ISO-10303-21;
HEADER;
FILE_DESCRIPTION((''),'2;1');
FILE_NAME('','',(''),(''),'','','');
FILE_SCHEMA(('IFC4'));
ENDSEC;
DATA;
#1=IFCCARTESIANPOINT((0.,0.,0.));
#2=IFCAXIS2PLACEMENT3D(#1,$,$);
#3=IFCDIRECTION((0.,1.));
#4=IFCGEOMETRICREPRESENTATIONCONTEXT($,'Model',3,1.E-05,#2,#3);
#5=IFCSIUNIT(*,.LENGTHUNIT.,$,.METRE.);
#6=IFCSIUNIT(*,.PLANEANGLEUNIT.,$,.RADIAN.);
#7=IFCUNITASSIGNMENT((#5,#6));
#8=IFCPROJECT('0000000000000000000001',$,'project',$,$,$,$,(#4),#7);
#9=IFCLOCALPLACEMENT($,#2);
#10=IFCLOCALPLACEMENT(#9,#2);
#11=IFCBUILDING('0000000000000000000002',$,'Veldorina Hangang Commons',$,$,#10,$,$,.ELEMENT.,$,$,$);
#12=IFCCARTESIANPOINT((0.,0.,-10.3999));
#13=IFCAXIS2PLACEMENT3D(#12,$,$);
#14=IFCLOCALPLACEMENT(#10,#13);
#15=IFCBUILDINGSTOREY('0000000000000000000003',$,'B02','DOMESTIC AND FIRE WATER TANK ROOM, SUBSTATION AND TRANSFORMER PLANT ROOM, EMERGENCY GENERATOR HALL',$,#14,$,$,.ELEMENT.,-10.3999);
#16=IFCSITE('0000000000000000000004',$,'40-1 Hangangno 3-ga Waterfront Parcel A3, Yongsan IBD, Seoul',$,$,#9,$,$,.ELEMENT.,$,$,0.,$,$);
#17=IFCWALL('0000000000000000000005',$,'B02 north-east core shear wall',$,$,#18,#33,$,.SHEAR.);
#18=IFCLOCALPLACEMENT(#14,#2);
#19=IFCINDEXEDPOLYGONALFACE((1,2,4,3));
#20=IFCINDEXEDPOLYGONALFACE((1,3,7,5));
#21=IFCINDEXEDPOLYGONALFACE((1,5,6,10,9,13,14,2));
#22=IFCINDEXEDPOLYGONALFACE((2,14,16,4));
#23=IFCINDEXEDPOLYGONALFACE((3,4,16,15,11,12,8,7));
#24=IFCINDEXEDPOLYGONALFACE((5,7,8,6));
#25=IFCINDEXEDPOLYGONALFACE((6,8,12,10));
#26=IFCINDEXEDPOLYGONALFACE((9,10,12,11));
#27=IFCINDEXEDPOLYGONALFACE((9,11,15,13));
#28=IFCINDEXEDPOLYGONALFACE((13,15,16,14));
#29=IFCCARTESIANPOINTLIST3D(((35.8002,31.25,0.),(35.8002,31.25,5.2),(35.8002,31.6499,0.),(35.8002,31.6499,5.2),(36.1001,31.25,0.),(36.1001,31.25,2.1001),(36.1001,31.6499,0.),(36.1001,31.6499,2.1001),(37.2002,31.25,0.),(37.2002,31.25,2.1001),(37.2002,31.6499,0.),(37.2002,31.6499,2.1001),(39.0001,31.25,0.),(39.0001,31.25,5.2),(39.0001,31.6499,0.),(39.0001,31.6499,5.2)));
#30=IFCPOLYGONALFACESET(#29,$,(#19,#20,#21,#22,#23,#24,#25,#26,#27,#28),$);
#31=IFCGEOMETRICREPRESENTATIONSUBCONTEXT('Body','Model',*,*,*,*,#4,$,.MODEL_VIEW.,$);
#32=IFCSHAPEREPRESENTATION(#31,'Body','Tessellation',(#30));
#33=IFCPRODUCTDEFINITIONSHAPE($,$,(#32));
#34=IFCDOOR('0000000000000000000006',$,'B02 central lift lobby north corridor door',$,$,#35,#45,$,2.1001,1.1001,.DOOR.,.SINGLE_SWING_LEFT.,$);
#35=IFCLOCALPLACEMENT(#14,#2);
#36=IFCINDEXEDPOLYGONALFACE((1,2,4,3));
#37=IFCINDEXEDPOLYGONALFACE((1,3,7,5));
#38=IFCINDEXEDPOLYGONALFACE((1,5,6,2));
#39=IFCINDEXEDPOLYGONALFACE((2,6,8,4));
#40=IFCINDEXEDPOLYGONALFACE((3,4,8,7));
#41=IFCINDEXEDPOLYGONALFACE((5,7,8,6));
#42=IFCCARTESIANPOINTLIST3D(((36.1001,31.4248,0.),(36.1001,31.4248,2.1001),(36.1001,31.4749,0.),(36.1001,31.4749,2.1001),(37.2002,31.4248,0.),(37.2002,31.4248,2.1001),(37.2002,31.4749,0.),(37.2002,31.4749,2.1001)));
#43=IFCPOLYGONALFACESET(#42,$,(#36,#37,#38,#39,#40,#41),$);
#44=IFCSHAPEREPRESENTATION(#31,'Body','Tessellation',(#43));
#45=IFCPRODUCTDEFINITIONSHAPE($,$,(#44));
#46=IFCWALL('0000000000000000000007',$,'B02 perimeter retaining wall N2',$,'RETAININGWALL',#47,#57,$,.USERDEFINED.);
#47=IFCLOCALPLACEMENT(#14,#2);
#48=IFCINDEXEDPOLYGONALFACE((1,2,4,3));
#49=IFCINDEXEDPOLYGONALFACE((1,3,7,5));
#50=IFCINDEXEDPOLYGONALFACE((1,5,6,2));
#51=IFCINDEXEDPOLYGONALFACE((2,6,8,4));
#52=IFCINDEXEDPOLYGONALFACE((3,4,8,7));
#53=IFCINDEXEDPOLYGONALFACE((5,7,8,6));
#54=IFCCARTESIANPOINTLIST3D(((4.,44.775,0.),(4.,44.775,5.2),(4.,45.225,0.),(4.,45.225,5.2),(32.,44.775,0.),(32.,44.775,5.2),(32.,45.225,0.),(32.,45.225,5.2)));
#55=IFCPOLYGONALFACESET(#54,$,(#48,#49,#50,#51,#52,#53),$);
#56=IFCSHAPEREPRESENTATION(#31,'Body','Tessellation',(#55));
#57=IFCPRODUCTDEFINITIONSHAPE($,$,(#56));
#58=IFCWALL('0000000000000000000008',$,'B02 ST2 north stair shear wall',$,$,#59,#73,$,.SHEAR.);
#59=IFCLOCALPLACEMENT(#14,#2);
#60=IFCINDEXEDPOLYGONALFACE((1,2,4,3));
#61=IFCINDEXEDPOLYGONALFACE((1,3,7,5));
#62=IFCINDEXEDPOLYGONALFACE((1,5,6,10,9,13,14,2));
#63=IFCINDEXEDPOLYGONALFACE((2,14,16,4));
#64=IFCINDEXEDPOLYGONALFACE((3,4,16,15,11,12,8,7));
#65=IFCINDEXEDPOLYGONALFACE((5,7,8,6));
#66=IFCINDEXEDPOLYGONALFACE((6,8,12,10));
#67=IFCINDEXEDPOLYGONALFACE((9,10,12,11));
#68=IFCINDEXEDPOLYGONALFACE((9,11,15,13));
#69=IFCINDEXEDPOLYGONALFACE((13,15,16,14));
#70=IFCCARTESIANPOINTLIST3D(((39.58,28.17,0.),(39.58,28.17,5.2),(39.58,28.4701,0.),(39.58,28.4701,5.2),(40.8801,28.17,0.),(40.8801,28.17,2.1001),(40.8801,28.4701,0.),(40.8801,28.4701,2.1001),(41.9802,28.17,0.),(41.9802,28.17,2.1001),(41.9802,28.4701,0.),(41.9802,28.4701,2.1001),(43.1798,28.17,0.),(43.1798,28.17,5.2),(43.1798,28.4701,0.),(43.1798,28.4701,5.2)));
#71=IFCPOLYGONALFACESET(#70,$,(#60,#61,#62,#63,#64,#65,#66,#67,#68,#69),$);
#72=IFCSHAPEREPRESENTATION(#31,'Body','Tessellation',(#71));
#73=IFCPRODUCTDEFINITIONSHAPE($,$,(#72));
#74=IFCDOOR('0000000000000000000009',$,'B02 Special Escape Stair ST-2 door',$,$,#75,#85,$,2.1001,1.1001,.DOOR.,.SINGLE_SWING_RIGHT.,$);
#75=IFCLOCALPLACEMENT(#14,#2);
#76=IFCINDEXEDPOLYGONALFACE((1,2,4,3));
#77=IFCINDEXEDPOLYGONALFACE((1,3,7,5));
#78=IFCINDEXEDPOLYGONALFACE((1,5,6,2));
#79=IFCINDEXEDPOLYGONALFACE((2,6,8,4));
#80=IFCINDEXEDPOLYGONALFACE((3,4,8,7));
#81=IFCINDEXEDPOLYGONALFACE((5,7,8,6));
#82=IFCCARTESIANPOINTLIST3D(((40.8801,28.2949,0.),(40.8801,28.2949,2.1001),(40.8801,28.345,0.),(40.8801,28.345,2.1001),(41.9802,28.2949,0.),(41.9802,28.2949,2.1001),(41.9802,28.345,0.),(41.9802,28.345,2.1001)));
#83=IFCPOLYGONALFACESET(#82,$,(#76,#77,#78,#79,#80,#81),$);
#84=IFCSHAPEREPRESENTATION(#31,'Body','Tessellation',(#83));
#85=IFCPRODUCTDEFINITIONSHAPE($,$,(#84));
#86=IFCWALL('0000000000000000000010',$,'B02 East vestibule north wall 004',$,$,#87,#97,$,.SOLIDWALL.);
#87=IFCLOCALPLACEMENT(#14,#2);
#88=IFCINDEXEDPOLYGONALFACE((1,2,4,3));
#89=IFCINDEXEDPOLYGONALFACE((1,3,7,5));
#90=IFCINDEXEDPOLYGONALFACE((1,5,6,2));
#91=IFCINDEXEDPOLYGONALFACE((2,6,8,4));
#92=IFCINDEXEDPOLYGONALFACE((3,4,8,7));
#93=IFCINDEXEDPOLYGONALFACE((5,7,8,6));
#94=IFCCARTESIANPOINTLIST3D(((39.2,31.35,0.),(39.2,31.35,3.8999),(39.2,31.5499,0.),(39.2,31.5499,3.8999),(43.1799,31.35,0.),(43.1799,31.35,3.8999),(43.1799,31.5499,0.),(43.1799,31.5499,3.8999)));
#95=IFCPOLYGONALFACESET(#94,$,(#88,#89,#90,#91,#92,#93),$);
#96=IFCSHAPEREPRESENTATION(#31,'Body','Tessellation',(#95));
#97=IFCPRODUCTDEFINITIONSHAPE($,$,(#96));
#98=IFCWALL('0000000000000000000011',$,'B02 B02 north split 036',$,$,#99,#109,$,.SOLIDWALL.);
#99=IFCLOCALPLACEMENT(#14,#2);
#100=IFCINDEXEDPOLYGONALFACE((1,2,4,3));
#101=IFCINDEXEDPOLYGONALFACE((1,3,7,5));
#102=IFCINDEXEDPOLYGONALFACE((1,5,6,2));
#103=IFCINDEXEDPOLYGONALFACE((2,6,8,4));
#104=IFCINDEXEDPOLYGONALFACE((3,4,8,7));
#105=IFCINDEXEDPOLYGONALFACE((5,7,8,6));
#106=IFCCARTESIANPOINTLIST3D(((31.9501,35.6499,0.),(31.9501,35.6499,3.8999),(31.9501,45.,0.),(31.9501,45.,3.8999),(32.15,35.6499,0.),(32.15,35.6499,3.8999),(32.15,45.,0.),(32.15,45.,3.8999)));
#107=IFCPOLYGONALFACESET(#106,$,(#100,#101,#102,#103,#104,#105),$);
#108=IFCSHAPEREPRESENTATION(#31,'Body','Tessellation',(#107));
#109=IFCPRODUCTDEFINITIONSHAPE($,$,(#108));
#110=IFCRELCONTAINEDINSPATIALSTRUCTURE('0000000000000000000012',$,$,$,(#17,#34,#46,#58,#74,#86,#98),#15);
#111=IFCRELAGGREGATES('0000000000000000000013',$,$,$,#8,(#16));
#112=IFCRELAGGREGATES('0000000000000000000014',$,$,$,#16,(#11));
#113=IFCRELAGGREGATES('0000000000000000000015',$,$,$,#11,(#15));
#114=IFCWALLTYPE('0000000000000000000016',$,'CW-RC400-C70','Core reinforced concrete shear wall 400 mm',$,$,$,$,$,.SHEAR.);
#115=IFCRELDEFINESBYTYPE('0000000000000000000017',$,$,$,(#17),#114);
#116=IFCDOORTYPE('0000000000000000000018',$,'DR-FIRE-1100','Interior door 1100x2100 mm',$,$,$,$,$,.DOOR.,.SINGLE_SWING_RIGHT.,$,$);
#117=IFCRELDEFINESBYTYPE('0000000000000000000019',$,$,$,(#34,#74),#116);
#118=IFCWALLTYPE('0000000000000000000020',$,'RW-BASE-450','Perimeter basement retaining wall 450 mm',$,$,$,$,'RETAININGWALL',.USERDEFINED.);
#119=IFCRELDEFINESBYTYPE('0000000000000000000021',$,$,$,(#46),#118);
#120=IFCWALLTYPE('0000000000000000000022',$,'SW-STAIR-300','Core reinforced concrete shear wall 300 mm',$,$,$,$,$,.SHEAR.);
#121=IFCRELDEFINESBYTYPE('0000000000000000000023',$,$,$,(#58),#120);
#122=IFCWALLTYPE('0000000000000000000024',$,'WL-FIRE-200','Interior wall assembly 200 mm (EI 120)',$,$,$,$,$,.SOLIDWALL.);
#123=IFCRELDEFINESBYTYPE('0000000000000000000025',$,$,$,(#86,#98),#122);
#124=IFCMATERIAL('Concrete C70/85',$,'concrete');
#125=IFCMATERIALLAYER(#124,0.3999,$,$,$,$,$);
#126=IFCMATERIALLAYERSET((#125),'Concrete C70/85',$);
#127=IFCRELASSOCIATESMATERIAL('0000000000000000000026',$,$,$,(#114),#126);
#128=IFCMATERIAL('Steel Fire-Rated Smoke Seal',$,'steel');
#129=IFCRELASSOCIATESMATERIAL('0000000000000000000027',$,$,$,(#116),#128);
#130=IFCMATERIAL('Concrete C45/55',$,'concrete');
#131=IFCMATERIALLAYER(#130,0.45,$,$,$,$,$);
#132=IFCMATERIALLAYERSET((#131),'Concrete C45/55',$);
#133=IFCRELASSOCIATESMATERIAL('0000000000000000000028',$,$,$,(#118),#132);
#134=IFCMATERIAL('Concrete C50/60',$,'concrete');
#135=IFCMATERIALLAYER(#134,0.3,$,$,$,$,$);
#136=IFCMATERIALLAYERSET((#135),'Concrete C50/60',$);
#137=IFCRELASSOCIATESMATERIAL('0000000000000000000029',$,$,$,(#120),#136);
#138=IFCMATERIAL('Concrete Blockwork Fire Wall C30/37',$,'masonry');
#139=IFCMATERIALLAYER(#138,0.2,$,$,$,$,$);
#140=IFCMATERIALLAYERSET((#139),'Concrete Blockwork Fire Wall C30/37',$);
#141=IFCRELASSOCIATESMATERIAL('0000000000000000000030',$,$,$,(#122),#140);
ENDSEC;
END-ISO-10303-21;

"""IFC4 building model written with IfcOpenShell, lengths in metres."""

from ifc_helpers import new_model, si_unit, direction, frame, frame_2d, origin, place, context, subcontext, project, spatial, rectangle, extrude, material, layer, layer_set, type_object, element, fill, save


model = new_model("IFC4")

# Units and contexts
model_context = context("Model", 3, precision=1e-05, world=origin(), true_north=direction((0.0, 1.0)))
body_context = subcontext(model_context, "Body", "Model", "MODEL_VIEW")
ifc_project = project(units=[si_unit("LENGTHUNIT", "METRE"), si_unit("PLANEANGLEUNIT", "RADIAN")], contexts=[model_context])

# Site, building, storey
site_placement = place(None, origin())
site = spatial("IfcSite", under=ifc_project, at=site_placement, Name="40-1 Hangangno 3-ga Waterfront Parcel A3, Yongsan IBD, Seoul", CompositionType="ELEMENT", RefElevation=0.0)
building_placement = place(site_placement, origin())
building = spatial("IfcBuilding", under=site, at=building_placement, Name="Veldorina Hangang Commons", CompositionType="ELEMENT")
storey_placement = place(building_placement, frame((0.0, 0.0, -10.3999)))
storey = spatial("IfcBuildingStorey", under=building, at=storey_placement, Name="B02", Description="DOMESTIC AND FIRE WATER TANK ROOM, SUBSTATION AND TRANSFORMER PLANT ROOM, EMERGENCY GENERATOR HALL", CompositionType="ELEMENT", Elevation=-10.3999)

# Shared definitions
ifc_material_1 = material(Name="Concrete C45/55", Category="concrete")

# Wall, opening, door
ifc_material_2 = material(Name="Concrete C70/85", Category="concrete")
ifc_layer_1 = layer(ifc_material_2, 0.3999)
ifc_layer_set_1 = layer_set([ifc_layer_1], Name="Concrete C70/85")
wall_type_1 = type_object("IfcWallType", Name="CW-RC400-C70", Description="Core reinforced concrete shear wall 400 mm", PredefinedType="SHEAR", material=ifc_layer_set_1)
wall_1_placement = place(storey_placement, frame((35.8, 31.45, 0.0), z_axis=(0.0, 0.0, 1.0), x_axis=(1.0, 0.0, 0.0)))
wall_1 = element("IfcWall", 1, at=wall_1_placement, inside=storey, type_object=wall_type_1, Name="B02 north-east core shear wall", PredefinedType="SHEAR", context=body_context, shape_type="SweptSolid", body=[
    extrude(rectangle(XDim=3.2, YDim=0.3999, at=frame_2d((1.6001, 0.0))), origin(), (0.0, 0.0, 1.0), 5.2),
])
opening_1_placement = place(wall_1_placement, frame((0.3, 0.0, 0.0)))
opening_1 = element("IfcOpeningElement", 2, at=opening_1_placement, cuts=wall_1, PredefinedType="OPENING", context=body_context, shape_type="SweptSolid", body=[
    extrude(rectangle(XDim=1.1001, YDim=2.1001, at=frame_2d((0.55, 1.05))), frame((0.0, 0.21, 0.0), z_axis=(0.0, -1.0, 0.0), x_axis=(1.0, 0.0, 0.0)), (0.0, 0.0, 1.0), 0.4199),
])
ifc_material_3 = material(Name="Steel Fire-Rated Smoke Seal", Category="steel")
door_type = type_object("IfcDoorType", Name="DR-FIRE-1100", Description="Interior door 1100x2100 mm", OperationType="SINGLE_SWING_RIGHT", PredefinedType="DOOR", material=ifc_material_3)
door_1_placement = place(opening_1_placement, origin())
door_1 = element("IfcDoor", 3, at=door_1_placement, inside=storey, type_object=door_type, Name="B02 central lift lobby north corridor door", OperationType="SINGLE_SWING_LEFT", OverallHeight=2.1001, OverallWidth=1.1001, PredefinedType="DOOR", context=body_context, shape_type="SweptSolid", body=[
    extrude(rectangle(XDim=1.1001, YDim=2.1001, at=frame_2d((0.55, 1.05))), frame((0.0, 0.0249, 0.0), z_axis=(0.0, -1.0, 0.0), x_axis=(1.0, 0.0, 0.0)), (0.0, 0.0, 1.0), 0.05),
])
fill(opening_1, door_1)

# Wall
ifc_layer_2 = layer(ifc_material_1, 0.45)
ifc_layer_set_2 = layer_set([ifc_layer_2], Name="Concrete C45/55")
wall_type_2 = type_object("IfcWallType", Name="RW-BASE-450", Description="Perimeter basement retaining wall 450 mm", ElementType="RETAININGWALL", PredefinedType="USERDEFINED", material=ifc_layer_set_2)
wall_2_placement = place(storey_placement, frame((32.0, 45.0, 0.0), z_axis=(0.0, 0.0, 1.0), x_axis=(-1.0, 0.0, 0.0)))
element("IfcWall", 4, at=wall_2_placement, inside=storey, type_object=wall_type_2, Name="B02 perimeter retaining wall N2", ObjectType="RETAININGWALL", PredefinedType="USERDEFINED", context=body_context, shape_type="SweptSolid", body=[
    extrude(rectangle(XDim=28.0, YDim=0.45, at=frame_2d((14.0, 0.0))), origin(), (0.0, 0.0, 1.0), 5.2),
])

# Wall, opening, door
ifc_material_4 = material(Name="Concrete C50/60", Category="concrete")
ifc_layer_3 = layer(ifc_material_4, 0.3)
ifc_layer_set_3 = layer_set([ifc_layer_3], Name="Concrete C50/60")
wall_type_3 = type_object("IfcWallType", Name="SW-STAIR-300", Description="Core reinforced concrete shear wall 300 mm", PredefinedType="SHEAR", material=ifc_layer_set_3)
wall_3_placement = place(storey_placement, frame((39.5801, 28.3201, 0.0), z_axis=(0.0, 0.0, 1.0), x_axis=(1.0, 0.0, 0.0)))
wall_3 = element("IfcWall", 5, at=wall_3_placement, inside=storey, type_object=wall_type_3, Name="B02 ST2 north stair shear wall", PredefinedType="SHEAR", context=body_context, shape_type="SweptSolid", body=[
    extrude(rectangle(XDim=3.5999, YDim=0.3, at=frame_2d((1.7998, 0.0))), origin(), (0.0, 0.0, 1.0), 5.2),
])
opening_2_placement = place(wall_3_placement, frame((1.3, 0.0, 0.0)))
opening_2 = element("IfcOpeningElement", 6, at=opening_2_placement, cuts=wall_3, PredefinedType="OPENING", context=body_context, shape_type="SweptSolid", body=[
    extrude(rectangle(XDim=1.1001, YDim=2.1001, at=frame_2d((0.55, 1.05))), frame((0.0, 0.1602, 0.0), z_axis=(0.0, -1.0, 0.0), x_axis=(1.0, 0.0, 0.0)), (0.0, 0.0, 1.0), 0.3201),
])
door_2_placement = place(opening_2_placement, origin())
door_2 = element("IfcDoor", 7, at=door_2_placement, inside=storey, type_object=door_type, Name="B02 Special Escape Stair ST-2 door", OperationType="SINGLE_SWING_RIGHT", OverallHeight=2.1001, OverallWidth=1.1001, PredefinedType="DOOR", context=body_context, shape_type="SweptSolid", body=[
    extrude(rectangle(XDim=1.1001, YDim=2.1001, at=frame_2d((0.55, 1.05))), frame((0.0, 0.0249, 0.0), z_axis=(0.0, -1.0, 0.0), x_axis=(1.0, 0.0, 0.0)), (0.0, 0.0, 1.0), 0.05),
])
fill(opening_2, door_2)

# Walls
ifc_material_5 = material(Name="Concrete Blockwork Fire Wall C30/37", Category="masonry")
ifc_layer_4 = layer(ifc_material_5, 0.2)
ifc_layer_set_4 = layer_set([ifc_layer_4], Name="Concrete Blockwork Fire Wall C30/37")
wall_type_4 = type_object("IfcWallType", Name="WL-FIRE-200", Description="Interior wall assembly 200 mm (EI 120)", PredefinedType="SOLIDWALL", material=ifc_layer_set_4)
wall_4_placement = place(storey_placement, frame((39.2, 31.45, 0.0), z_axis=(0.0, 0.0, 1.0), x_axis=(1.0, 0.0, 0.0)))
element("IfcWall", 8, at=wall_4_placement, inside=storey, type_object=wall_type_4, Name="B02 East vestibule north wall 004", PredefinedType="SOLIDWALL", context=body_context, shape_type="SweptSolid", body=[
    extrude(rectangle(XDim=3.98, YDim=0.2, at=frame_2d((1.99, 0.0))), origin(), (0.0, 0.0, 1.0), 3.8999),
])
wall_5_placement = place(storey_placement, frame((32.05, 35.6499, 0.0), z_axis=(0.0, 0.0, 1.0), x_axis=(0.0, 1.0, 0.0)))
element("IfcWall", 9, at=wall_5_placement, inside=storey, type_object=wall_type_4, Name="B02 B02 north split 036", PredefinedType="SOLIDWALL", context=body_context, shape_type="SweptSolid", body=[
    extrude(rectangle(XDim=9.3501, YDim=0.2, at=frame_2d((4.675, 0.0))), origin(), (0.0, 0.0, 1.0), 3.8999),
])

save(model, "model.ifc")
